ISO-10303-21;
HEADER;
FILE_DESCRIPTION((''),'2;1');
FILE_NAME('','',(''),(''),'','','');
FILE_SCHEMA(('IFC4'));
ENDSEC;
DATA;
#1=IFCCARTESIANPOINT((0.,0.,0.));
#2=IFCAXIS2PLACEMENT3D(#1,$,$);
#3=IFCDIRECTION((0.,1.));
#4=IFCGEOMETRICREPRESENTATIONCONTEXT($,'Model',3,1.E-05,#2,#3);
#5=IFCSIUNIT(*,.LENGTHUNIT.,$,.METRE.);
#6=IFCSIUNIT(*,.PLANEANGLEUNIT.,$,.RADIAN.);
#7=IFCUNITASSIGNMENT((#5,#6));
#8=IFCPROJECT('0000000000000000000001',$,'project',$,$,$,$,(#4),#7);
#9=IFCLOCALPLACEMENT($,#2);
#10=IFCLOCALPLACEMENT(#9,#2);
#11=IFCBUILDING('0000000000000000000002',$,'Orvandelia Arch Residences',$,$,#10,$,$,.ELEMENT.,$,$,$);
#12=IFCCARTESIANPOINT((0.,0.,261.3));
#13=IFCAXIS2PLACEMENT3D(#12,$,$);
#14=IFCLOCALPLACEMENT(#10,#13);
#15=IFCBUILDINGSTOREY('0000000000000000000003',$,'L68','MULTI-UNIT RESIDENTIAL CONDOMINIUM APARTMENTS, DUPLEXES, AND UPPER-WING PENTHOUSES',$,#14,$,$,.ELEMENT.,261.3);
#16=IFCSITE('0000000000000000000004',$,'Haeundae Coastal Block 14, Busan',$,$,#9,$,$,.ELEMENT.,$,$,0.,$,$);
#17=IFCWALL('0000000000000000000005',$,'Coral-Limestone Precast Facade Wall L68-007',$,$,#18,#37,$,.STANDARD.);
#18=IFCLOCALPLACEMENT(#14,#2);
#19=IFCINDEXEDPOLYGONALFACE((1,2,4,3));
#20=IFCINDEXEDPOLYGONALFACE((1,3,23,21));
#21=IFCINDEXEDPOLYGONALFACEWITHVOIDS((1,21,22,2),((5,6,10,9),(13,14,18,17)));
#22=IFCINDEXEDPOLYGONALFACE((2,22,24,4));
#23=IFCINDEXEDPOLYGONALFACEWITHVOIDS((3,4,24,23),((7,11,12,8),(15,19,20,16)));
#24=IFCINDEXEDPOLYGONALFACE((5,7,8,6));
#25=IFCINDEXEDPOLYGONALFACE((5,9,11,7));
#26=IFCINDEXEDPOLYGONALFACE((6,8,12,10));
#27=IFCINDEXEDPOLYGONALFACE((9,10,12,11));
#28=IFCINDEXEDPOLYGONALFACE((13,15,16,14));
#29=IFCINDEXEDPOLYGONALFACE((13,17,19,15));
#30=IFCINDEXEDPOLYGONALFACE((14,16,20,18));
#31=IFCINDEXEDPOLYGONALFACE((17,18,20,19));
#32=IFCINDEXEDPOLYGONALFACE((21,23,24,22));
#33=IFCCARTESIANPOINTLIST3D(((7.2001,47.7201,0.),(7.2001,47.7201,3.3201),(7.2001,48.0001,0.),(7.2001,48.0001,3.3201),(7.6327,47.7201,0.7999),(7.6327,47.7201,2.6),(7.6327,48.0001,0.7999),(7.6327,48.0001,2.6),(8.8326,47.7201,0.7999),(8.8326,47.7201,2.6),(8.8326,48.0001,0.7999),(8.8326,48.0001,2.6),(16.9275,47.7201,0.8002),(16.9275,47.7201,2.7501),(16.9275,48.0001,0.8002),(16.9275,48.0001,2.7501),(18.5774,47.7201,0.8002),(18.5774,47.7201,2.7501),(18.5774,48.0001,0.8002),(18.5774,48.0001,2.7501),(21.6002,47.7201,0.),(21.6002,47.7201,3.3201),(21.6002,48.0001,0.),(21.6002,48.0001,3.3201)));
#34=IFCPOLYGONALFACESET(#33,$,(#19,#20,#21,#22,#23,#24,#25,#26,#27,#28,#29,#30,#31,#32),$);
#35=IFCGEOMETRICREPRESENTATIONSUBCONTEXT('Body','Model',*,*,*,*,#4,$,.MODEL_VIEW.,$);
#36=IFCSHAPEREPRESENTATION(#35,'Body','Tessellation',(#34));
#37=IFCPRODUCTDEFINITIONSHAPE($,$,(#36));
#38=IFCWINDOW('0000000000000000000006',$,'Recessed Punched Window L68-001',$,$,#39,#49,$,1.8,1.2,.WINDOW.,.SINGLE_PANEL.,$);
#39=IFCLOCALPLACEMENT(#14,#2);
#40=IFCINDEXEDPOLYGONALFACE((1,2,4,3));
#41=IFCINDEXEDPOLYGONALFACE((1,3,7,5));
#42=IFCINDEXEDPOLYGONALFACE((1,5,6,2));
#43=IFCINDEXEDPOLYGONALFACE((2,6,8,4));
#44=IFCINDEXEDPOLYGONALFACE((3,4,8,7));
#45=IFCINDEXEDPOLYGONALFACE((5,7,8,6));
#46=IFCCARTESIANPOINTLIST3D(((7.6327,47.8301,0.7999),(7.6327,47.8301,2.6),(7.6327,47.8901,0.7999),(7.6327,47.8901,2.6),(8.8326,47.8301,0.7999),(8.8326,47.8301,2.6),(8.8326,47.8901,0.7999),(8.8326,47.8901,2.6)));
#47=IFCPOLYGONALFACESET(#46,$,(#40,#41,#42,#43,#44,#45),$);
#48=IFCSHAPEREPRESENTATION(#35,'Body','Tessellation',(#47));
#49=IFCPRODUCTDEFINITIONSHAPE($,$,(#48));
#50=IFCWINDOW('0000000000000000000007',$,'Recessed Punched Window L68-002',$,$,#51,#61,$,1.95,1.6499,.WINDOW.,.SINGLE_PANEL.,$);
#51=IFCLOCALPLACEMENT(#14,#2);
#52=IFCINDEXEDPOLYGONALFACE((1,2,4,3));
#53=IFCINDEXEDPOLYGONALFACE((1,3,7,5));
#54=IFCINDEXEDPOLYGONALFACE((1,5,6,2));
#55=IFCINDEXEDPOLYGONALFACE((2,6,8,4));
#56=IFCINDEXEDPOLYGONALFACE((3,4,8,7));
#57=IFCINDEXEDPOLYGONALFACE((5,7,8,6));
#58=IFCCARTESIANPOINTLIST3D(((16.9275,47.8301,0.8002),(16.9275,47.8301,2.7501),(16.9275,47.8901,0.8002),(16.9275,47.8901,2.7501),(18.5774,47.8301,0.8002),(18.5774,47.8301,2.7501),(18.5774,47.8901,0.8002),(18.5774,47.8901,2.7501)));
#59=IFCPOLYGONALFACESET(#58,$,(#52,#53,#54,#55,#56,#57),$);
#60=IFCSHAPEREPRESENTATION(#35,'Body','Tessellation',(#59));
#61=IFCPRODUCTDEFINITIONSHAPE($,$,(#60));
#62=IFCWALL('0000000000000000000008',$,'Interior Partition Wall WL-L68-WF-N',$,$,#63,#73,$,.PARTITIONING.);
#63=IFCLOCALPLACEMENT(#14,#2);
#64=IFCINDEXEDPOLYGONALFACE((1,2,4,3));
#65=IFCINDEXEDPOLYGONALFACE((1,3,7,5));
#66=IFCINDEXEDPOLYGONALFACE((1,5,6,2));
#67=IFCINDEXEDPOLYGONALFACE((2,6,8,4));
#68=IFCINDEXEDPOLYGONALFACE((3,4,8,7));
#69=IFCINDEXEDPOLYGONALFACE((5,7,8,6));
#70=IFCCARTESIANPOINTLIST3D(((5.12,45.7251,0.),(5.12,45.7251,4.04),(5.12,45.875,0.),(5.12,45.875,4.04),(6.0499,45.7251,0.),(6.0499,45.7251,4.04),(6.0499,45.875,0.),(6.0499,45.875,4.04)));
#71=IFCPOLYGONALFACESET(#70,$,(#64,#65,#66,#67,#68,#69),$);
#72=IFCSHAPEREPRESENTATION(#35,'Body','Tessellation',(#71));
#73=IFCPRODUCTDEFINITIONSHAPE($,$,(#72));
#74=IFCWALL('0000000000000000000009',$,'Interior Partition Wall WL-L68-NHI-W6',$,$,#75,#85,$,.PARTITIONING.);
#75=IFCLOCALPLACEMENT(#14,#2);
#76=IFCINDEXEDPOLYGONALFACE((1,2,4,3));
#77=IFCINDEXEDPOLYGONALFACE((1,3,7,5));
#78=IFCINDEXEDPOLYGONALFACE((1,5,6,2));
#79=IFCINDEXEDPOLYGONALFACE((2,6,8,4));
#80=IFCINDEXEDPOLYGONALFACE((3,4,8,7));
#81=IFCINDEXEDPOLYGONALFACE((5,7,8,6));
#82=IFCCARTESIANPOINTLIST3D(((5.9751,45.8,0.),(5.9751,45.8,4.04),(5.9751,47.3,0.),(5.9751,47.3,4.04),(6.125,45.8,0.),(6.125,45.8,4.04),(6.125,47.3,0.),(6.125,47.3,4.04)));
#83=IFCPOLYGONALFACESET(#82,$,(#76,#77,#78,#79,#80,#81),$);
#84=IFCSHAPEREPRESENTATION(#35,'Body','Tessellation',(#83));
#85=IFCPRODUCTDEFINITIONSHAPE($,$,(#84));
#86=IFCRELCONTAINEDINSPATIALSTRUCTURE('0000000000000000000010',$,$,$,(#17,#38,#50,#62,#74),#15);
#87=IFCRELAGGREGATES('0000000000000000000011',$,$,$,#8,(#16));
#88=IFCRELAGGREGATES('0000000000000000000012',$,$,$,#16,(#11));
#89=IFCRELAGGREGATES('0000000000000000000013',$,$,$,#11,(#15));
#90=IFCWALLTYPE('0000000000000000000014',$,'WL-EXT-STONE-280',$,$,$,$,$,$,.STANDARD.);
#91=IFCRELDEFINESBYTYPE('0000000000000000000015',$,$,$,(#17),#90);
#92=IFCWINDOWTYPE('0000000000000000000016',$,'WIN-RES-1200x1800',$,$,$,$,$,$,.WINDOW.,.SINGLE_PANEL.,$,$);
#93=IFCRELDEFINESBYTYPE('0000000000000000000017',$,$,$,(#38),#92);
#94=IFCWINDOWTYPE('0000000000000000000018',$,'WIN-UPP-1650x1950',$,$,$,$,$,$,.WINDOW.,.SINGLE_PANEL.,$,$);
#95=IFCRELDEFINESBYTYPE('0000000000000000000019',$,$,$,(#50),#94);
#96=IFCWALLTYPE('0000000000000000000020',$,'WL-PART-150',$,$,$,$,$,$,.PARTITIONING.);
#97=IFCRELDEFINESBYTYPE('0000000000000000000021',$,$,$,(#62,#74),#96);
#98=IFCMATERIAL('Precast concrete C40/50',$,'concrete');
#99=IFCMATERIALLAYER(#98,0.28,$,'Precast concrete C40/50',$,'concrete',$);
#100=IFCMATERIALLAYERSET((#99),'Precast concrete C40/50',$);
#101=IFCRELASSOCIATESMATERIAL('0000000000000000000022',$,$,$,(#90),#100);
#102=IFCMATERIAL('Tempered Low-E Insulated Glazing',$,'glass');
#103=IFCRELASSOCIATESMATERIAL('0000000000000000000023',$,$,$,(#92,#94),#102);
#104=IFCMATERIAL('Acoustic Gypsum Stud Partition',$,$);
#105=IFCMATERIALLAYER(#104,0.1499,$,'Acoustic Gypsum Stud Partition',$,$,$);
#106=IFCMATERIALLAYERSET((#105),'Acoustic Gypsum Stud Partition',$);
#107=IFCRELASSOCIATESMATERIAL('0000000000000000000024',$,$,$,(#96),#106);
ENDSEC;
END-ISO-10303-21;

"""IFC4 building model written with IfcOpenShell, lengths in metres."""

from ifc_helpers import new_model, si_unit, direction, frame, frame_2d, origin, place, context, subcontext, project, spatial, rectangle, extrude, material, layer, layer_set, type_object, element, fill, save


model = new_model("IFC4")

# Units and contexts
model_context = context("Model", 3, precision=1e-05, world=origin(), true_north=direction((0.0, 1.0)))
body_context = subcontext(model_context, "Body", "Model", "MODEL_VIEW")
ifc_project = project(units=[si_unit("LENGTHUNIT", "METRE"), si_unit("PLANEANGLEUNIT", "RADIAN")], contexts=[model_context])

# Site, building, storey
site_placement = place(None, origin())
site = spatial("IfcSite", under=ifc_project, at=site_placement, Name="Haeundae Coastal Block 14, Busan", CompositionType="ELEMENT", RefElevation=0.0)
building_placement = place(site_placement, origin())
building = spatial("IfcBuilding", under=site, at=building_placement, Name="Orvandelia Arch Residences", CompositionType="ELEMENT")
storey_placement = place(building_placement, frame((0.0, 0.0, 261.3)))
storey = spatial("IfcBuildingStorey", under=building, at=storey_placement, Name="L68", Description="MULTI-UNIT RESIDENTIAL CONDOMINIUM APARTMENTS, DUPLEXES, AND UPPER-WING PENTHOUSES", CompositionType="ELEMENT", Elevation=261.3)

# Shared definitions
ifc_material_1 = material(Name="Precast concrete C40/50", Category="concrete")
ifc_layer_1 = layer(ifc_material_1, 0.28, Name="Precast concrete C40/50", Category="concrete")
ifc_layer_set_1 = layer_set([ifc_layer_1], Name="Precast concrete C40/50")
wall_type_1 = type_object("IfcWallType", Name="WL-EXT-STONE-280", PredefinedType="STANDARD", material=ifc_layer_set_1)

# Wall, openings, windows
wall_1_placement = place(storey_placement, frame((7.2, 47.8601, 0.0), z_axis=(0.0, 0.0, 1.0), x_axis=(1.0, 0.0, 0.0)))
wall_1 = element("IfcWall", 1, at=wall_1_placement, inside=storey, type_object=wall_type_1, Name="Coral-Limestone Precast Facade Wall L68-007", PredefinedType="STANDARD", context=body_context, shape_type="SweptSolid", body=[
    extrude(rectangle(XDim=14.4001, YDim=0.28, at=frame_2d((7.2002, 0.0))), origin(), (0.0, 0.0, 1.0), 3.3201),
])
opening_1_placement = place(wall_1_placement, frame((0.4326, 0.0, 0.8)))
opening_1 = element("IfcOpeningElement", 2, at=opening_1_placement, cuts=wall_1, PredefinedType="OPENING", context=body_context, shape_type="SweptSolid", body=[
    extrude(rectangle(XDim=1.2, YDim=1.8, at=frame_2d((0.6001, 0.8999))), frame((0.0, 0.1499, 0.0), z_axis=(0.0, -1.0, 0.0), x_axis=(1.0, 0.0, 0.0)), (0.0, 0.0, 1.0), 0.3),
])
opening_2_placement = place(wall_1_placement, frame((9.7275, 0.0, 0.8)))
opening_2 = element("IfcOpeningElement", 3, at=opening_2_placement, cuts=wall_1, PredefinedType="OPENING", context=body_context, shape_type="SweptSolid", body=[
    extrude(rectangle(XDim=1.6499, YDim=1.95, at=frame_2d((0.825, 0.9751))), frame((0.0, 0.1499, 0.0), z_axis=(0.0, -1.0, 0.0), x_axis=(1.0, 0.0, 0.0)), (0.0, 0.0, 1.0), 0.3),
])
ifc_material_2 = material(Name="Tempered Low-E Insulated Glazing", Category="glass")
window_type_1 = type_object("IfcWindowType", Name="WIN-RES-1200x1800", PartitioningType="SINGLE_PANEL", PredefinedType="WINDOW", material=ifc_material_2)
window_1_placement = place(opening_1_placement, origin())
window_1 = element("IfcWindow", 4, at=window_1_placement, inside=storey, type_object=window_type_1, Name="Recessed Punched Window L68-001", OverallHeight=1.8, OverallWidth=1.2, PartitioningType="SINGLE_PANEL", PredefinedType="WINDOW", context=body_context, shape_type="SweptSolid", body=[
    extrude(rectangle(XDim=1.2, YDim=1.8, at=frame_2d((0.6001, 0.8999))), frame((0.0, 0.03, 0.0), z_axis=(0.0, -1.0, 0.0), x_axis=(1.0, 0.0, 0.0)), (0.0, 0.0, 1.0), 0.0601),
])
fill(opening_1, window_1)
window_type_2 = type_object("IfcWindowType", Name="WIN-UPP-1650x1950", PartitioningType="SINGLE_PANEL", PredefinedType="WINDOW", material=ifc_material_2)
window_2_placement = place(opening_2_placement, origin())
window_2 = element("IfcWindow", 5, at=window_2_placement, inside=storey, type_object=window_type_2, Name="Recessed Punched Window L68-002", OverallHeight=1.95, OverallWidth=1.6499, PartitioningType="SINGLE_PANEL", PredefinedType="WINDOW", context=body_context, shape_type="SweptSolid", body=[
    extrude(rectangle(XDim=1.6499, YDim=1.95, at=frame_2d((0.825, 0.9751))), frame((0.0, 0.03, 0.0), z_axis=(0.0, -1.0, 0.0), x_axis=(1.0, 0.0, 0.0)), (0.0, 0.0, 1.0), 0.0601),
])
fill(opening_2, window_2)

# Walls
ifc_material_3 = material(Name="Acoustic Gypsum Stud Partition")
ifc_layer_2 = layer(ifc_material_3, 0.1499, Name="Acoustic Gypsum Stud Partition")
ifc_layer_set_2 = layer_set([ifc_layer_2], Name="Acoustic Gypsum Stud Partition")
wall_type_2 = type_object("IfcWallType", Name="WL-PART-150", PredefinedType="PARTITIONING", material=ifc_layer_set_2)
wall_2_placement = place(storey_placement, frame((5.1201, 45.8, 0.0), z_axis=(0.0, 0.0, 1.0), x_axis=(1.0, 0.0, 0.0)))
element("IfcWall", 6, at=wall_2_placement, inside=storey, type_object=wall_type_2, Name="Interior Partition Wall WL-L68-WF-N", PredefinedType="PARTITIONING", context=body_context, shape_type="SweptSolid", body=[
    extrude(rectangle(XDim=0.9299, YDim=0.1499, at=frame_2d((0.4648, 0.0))), origin(), (0.0, 0.0, 1.0), 4.04),
])
wall_3_placement = place(storey_placement, frame((6.05, 45.8, 0.0), z_axis=(0.0, 0.0, 1.0), x_axis=(0.0, 1.0, 0.0)))
element("IfcWall", 7, at=wall_3_placement, inside=storey, type_object=wall_type_2, Name="Interior Partition Wall WL-L68-NHI-W6", PredefinedType="PARTITIONING", context=body_context, shape_type="SweptSolid", body=[
    extrude(rectangle(XDim=1.5, YDim=0.1499, at=frame_2d((0.75, 0.0))), origin(), (0.0, 0.0, 1.0), 4.04),
])

save(model, "model.ifc")
